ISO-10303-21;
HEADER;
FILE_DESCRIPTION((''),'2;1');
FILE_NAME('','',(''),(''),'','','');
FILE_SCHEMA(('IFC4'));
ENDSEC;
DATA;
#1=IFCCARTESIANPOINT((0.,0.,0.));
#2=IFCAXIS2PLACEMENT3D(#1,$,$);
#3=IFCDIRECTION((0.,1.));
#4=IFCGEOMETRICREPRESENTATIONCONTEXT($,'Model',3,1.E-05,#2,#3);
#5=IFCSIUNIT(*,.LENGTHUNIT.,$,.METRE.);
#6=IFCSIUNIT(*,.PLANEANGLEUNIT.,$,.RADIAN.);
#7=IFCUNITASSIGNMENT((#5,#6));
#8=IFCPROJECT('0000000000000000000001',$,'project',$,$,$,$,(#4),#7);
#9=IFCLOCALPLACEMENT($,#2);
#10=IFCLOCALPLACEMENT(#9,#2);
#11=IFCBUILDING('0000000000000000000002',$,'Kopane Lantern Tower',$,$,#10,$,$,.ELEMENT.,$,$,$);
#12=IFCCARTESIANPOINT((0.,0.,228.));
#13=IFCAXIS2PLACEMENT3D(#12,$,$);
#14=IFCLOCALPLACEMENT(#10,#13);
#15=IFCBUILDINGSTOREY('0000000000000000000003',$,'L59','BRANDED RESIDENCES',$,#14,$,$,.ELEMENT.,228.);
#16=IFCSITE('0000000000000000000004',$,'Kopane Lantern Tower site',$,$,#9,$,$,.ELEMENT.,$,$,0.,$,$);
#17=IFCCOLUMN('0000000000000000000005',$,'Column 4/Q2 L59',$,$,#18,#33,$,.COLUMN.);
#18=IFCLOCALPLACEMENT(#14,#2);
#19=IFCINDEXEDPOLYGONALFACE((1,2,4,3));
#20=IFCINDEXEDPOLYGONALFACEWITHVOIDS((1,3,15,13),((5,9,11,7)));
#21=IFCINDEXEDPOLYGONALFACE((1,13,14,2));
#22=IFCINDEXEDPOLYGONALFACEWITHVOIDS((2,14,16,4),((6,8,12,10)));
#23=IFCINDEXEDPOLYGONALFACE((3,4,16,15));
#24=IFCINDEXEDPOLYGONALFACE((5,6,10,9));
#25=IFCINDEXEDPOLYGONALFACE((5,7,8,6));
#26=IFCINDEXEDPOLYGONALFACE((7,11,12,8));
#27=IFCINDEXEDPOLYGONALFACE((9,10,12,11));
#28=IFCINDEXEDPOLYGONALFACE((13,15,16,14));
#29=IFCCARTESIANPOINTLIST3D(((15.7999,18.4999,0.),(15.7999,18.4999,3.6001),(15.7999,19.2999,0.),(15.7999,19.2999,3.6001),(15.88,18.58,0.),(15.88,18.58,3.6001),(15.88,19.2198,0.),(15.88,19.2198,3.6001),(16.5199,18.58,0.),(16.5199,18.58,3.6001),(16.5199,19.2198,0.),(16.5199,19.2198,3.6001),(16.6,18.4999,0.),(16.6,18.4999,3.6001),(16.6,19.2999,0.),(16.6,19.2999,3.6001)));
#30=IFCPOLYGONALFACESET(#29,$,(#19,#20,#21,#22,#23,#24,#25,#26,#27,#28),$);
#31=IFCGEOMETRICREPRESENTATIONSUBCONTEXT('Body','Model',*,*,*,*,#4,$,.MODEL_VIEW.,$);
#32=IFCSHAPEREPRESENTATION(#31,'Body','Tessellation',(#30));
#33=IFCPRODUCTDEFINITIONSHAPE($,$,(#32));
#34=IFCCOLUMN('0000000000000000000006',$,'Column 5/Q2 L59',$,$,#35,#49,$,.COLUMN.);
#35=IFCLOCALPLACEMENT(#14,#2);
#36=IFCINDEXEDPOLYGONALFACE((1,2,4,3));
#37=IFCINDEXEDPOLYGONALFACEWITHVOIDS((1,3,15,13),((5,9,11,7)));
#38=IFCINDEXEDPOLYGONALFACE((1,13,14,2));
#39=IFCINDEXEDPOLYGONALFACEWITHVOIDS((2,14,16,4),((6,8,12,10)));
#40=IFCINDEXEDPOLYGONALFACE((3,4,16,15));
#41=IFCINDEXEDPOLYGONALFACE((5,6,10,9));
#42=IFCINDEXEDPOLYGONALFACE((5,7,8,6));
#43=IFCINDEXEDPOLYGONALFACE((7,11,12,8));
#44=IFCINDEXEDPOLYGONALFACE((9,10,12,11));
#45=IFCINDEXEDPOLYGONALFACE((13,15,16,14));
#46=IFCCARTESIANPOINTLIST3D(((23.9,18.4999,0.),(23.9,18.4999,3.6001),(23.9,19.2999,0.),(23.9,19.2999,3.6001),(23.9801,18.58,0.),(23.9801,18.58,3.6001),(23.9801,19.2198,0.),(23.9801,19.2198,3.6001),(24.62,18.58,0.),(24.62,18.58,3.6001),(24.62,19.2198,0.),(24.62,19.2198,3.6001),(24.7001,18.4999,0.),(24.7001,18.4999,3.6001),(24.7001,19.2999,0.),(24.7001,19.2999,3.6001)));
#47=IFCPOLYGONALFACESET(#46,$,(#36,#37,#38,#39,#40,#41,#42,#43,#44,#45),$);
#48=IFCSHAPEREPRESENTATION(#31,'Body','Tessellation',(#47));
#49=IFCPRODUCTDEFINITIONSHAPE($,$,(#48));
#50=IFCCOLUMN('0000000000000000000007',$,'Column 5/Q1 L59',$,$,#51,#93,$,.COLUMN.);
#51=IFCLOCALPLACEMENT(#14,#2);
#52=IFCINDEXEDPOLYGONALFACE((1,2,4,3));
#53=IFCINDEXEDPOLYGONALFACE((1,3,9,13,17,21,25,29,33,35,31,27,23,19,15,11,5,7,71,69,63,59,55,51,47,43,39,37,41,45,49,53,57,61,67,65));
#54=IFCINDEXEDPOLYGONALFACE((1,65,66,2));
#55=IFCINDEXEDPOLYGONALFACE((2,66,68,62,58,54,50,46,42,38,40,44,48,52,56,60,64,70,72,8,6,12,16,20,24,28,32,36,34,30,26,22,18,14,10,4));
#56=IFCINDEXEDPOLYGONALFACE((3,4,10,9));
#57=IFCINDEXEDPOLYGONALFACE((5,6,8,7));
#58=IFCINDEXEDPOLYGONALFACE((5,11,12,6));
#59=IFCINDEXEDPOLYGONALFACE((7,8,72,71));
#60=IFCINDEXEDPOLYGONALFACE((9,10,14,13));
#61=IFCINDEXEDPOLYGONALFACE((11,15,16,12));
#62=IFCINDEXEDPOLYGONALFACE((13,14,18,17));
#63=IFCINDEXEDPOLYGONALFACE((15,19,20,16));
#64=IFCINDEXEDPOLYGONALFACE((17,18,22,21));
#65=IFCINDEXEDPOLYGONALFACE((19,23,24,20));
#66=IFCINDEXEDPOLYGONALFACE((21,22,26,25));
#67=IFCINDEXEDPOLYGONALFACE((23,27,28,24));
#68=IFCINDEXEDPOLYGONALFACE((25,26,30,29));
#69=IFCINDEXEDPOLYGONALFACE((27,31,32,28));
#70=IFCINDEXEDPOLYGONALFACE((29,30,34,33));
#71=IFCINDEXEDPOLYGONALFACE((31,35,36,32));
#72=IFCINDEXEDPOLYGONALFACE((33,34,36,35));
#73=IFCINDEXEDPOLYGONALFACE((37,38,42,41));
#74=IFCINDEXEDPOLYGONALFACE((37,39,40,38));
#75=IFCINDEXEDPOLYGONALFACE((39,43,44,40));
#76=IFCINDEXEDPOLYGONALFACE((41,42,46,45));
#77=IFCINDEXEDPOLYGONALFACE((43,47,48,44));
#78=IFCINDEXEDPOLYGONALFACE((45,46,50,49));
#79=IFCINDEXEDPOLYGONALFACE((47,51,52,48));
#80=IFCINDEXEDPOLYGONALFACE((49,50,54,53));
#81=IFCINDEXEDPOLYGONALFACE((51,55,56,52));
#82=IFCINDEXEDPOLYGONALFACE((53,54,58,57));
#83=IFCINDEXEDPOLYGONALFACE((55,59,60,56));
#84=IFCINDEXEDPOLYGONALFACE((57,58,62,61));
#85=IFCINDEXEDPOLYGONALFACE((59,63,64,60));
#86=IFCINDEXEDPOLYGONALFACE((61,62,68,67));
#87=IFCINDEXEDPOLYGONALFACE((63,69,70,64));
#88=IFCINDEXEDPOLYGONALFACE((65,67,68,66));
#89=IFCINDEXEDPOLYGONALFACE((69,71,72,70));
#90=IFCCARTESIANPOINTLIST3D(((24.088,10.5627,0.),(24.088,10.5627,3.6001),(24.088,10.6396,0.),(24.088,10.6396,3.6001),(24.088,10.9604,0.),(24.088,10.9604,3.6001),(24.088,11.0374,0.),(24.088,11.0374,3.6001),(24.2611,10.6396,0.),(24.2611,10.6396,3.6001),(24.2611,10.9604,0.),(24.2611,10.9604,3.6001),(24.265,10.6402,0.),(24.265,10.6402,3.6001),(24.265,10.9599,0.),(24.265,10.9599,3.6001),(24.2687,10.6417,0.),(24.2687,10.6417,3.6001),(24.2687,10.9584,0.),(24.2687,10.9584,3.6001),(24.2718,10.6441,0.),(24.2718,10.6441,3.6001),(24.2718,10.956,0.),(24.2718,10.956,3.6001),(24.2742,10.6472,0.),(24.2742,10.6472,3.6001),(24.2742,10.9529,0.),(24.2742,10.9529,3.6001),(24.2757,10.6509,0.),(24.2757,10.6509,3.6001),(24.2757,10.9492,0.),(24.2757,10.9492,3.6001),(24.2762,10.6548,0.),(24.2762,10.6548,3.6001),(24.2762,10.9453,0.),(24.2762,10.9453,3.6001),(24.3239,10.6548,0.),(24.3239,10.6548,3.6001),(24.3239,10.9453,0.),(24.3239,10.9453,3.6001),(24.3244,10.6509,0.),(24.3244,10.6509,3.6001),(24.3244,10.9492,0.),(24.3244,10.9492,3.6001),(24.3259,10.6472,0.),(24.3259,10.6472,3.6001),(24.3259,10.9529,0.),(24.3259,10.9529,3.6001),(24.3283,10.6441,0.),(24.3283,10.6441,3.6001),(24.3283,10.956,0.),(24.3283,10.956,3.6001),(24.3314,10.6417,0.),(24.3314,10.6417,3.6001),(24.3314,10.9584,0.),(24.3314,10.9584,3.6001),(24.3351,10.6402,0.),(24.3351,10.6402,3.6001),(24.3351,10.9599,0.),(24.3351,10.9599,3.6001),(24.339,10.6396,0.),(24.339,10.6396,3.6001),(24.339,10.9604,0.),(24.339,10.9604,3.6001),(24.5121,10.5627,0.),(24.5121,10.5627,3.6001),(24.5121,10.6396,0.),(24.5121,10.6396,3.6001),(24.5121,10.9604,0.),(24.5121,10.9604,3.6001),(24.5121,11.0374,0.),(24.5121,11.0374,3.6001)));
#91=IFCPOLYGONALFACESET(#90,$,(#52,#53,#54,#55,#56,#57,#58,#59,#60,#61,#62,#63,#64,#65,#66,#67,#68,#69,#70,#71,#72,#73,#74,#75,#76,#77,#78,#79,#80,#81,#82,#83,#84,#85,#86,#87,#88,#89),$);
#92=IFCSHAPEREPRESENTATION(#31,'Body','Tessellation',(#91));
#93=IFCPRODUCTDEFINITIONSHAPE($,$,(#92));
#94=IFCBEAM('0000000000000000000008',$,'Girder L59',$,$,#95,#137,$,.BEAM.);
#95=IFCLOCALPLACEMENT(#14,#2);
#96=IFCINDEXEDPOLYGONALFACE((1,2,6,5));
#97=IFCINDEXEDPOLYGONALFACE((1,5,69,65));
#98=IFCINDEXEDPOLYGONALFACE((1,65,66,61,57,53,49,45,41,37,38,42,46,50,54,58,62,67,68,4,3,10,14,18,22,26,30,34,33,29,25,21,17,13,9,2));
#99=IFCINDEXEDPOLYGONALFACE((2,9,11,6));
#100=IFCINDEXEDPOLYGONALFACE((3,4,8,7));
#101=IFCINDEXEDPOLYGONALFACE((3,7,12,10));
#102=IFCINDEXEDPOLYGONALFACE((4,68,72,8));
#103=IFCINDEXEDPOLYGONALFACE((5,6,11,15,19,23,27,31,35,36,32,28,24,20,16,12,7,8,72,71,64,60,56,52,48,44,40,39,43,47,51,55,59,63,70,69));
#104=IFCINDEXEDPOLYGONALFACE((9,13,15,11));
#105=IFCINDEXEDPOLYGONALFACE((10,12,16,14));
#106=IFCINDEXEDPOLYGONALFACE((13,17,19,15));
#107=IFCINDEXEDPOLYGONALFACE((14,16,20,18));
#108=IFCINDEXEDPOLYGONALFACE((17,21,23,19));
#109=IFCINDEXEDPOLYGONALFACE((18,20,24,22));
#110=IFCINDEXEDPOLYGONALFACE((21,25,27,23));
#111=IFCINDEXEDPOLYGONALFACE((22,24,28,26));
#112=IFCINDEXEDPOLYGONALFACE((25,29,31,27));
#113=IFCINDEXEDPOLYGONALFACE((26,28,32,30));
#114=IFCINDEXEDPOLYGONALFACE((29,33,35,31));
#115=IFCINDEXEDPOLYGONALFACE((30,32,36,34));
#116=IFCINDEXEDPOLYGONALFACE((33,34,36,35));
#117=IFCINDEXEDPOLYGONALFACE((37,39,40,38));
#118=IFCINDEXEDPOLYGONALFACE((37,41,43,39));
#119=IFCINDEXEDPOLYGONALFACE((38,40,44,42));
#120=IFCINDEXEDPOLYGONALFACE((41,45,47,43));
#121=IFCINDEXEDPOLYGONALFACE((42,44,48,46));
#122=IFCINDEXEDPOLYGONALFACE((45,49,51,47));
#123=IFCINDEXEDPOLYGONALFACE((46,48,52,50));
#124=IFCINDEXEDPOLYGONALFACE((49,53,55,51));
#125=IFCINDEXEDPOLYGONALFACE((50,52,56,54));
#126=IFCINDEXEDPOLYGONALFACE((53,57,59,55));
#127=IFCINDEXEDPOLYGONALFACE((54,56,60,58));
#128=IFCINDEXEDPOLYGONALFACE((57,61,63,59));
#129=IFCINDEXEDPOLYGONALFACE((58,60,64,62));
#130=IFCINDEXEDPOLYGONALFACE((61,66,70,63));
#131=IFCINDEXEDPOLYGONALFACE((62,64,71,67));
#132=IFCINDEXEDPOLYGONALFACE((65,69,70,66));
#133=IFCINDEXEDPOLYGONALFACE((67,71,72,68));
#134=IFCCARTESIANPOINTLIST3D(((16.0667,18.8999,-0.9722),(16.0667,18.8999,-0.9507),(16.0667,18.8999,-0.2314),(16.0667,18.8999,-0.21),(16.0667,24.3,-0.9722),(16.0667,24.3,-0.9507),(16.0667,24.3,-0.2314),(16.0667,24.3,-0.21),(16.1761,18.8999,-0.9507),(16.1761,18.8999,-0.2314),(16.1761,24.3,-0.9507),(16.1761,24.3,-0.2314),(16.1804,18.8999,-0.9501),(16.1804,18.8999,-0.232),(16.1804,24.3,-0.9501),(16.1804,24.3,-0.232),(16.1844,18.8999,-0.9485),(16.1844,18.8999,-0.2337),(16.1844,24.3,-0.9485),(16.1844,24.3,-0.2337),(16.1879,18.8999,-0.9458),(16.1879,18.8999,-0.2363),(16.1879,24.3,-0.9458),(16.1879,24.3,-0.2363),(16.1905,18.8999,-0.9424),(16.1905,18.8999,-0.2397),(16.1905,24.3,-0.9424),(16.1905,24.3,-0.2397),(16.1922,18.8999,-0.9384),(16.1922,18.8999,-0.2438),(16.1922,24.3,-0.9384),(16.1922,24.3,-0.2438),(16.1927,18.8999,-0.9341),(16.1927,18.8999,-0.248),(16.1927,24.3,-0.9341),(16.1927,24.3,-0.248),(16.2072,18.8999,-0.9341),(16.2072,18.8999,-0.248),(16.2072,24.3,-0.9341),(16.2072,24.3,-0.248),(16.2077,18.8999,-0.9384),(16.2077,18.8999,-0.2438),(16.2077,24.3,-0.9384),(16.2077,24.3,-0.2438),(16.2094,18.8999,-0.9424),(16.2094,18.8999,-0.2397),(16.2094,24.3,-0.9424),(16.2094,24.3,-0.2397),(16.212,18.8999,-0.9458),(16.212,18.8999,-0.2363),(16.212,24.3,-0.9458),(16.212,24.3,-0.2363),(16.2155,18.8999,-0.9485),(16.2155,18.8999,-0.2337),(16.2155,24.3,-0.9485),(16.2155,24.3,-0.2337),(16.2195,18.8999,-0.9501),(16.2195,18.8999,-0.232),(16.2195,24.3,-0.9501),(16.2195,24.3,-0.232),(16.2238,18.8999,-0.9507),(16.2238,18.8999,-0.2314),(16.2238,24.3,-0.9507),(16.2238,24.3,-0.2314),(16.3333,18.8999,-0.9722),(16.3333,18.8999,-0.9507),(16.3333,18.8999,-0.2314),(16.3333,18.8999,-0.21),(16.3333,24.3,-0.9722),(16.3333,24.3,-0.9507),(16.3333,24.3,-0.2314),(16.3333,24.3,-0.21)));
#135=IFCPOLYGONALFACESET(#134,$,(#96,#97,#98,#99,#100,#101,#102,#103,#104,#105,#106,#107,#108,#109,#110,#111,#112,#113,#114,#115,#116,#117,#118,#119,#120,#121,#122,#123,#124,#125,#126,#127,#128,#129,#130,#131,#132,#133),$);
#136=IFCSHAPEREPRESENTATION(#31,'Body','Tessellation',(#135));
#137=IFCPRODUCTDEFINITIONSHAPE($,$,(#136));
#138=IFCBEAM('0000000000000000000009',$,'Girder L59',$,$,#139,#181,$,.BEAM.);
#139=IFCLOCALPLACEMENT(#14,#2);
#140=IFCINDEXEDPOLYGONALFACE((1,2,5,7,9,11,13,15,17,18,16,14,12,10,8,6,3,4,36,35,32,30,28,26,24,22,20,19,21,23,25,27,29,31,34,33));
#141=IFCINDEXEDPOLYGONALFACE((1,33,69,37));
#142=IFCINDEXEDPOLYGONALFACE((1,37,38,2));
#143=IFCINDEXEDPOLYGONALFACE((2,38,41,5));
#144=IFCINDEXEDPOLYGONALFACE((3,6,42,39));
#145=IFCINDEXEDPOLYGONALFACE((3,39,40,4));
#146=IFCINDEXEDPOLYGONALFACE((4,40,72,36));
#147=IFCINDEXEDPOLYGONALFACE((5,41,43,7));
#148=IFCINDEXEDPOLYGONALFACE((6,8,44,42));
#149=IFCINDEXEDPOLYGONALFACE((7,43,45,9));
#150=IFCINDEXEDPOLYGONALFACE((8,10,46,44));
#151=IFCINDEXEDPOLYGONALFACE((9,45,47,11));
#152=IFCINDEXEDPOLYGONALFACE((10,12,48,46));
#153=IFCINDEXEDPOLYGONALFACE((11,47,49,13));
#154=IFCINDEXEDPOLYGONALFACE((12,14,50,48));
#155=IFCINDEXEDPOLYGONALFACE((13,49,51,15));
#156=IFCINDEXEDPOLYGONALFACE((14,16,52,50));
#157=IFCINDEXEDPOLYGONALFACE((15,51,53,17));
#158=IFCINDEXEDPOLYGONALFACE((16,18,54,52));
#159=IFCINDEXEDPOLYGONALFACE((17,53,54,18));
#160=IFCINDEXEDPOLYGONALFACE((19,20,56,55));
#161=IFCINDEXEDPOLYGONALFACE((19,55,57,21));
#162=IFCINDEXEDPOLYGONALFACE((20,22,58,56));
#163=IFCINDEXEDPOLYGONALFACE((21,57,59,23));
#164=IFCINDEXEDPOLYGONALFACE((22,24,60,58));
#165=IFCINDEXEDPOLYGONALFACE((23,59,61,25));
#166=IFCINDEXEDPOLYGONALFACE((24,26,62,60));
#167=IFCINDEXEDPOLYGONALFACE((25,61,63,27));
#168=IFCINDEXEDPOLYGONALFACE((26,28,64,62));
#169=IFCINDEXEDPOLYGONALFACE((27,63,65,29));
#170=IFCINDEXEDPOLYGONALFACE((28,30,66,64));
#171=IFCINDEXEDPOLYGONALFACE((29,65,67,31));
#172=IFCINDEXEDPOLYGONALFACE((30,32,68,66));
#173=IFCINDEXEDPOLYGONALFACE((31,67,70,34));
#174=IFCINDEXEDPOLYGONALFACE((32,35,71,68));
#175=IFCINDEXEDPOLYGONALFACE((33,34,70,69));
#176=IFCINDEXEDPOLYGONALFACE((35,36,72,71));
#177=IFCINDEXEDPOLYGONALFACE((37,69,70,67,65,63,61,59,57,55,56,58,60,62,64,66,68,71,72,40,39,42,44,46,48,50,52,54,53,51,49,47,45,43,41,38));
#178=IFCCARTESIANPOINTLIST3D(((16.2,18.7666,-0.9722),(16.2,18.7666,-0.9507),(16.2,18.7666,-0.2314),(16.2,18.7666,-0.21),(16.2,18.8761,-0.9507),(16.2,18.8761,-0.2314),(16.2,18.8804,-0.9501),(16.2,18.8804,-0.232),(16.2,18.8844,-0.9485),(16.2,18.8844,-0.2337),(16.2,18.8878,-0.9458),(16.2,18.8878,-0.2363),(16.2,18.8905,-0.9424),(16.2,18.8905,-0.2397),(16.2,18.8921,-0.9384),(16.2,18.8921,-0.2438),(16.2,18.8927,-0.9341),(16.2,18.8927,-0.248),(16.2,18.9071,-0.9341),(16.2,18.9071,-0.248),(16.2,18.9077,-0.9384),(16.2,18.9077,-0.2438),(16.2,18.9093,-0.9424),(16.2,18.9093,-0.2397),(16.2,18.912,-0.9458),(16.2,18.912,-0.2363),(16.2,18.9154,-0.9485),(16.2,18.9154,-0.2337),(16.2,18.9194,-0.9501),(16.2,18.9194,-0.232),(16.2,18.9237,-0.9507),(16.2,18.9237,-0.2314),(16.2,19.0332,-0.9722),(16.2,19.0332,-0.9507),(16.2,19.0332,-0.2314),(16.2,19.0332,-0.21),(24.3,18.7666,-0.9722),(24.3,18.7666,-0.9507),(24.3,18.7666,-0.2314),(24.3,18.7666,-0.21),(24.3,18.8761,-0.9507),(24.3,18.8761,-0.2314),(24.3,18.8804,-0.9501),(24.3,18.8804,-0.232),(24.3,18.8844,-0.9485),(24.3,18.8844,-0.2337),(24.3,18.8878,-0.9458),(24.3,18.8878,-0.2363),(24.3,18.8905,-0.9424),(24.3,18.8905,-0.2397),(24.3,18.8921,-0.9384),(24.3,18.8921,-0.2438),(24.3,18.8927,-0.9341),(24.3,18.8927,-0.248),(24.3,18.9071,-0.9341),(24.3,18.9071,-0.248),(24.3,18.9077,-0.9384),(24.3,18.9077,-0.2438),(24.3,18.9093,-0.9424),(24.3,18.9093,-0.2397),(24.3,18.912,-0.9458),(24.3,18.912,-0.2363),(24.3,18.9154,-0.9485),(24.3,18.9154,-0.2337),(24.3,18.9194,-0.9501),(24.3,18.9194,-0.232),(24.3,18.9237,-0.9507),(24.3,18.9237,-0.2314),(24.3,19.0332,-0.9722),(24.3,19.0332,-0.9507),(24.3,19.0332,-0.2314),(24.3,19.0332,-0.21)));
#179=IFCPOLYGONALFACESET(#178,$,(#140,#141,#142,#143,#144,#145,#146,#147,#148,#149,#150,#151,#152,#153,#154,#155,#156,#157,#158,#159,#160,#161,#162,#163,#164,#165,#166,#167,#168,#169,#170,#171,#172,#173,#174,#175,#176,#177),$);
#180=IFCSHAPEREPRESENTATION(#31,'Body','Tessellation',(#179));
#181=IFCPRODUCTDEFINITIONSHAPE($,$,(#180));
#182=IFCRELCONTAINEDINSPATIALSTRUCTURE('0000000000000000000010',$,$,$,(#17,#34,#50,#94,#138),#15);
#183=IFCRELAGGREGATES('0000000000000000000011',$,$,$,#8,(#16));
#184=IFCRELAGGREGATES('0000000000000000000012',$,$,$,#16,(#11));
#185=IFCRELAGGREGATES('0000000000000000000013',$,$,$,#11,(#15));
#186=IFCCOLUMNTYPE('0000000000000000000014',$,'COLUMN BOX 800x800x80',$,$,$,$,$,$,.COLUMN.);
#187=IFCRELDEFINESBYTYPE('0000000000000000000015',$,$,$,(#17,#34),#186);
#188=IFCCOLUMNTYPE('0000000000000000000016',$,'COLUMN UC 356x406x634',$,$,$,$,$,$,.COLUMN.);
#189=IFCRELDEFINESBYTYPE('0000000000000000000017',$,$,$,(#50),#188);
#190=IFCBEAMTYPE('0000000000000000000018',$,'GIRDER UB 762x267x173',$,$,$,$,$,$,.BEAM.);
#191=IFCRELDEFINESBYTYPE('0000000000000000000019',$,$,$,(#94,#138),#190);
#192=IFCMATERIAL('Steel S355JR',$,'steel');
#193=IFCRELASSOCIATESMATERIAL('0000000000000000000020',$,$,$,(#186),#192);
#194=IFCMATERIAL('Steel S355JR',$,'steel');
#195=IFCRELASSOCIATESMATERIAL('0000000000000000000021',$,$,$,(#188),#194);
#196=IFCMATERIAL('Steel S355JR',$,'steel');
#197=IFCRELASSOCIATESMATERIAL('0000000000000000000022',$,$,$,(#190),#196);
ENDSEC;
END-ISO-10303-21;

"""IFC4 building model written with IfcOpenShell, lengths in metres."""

from ifc_helpers import new_model, si_unit, direction, frame, origin, origin_2d, place, context, subcontext, project, spatial, hollow_rectangle, i_section, extrude, material, material_profile, profile_set, type_object, element, save


model = new_model("IFC4")

# Units and contexts
model_context = context("Model", 3, precision=1e-05, world=origin(), true_north=direction((0.0, 1.0)))
body_context = subcontext(model_context, "Body", "Model", "MODEL_VIEW")
ifc_project = project(units=[si_unit("LENGTHUNIT", "METRE"), si_unit("PLANEANGLEUNIT", "RADIAN")], contexts=[model_context])

# Site, building, storey
site_placement = place(None, origin())
site = spatial("IfcSite", under=ifc_project, at=site_placement, Name="Kopane Lantern Tower site", CompositionType="ELEMENT", RefElevation=0.0)
building_placement = place(site_placement, origin())
building = spatial("IfcBuilding", under=site, at=building_placement, Name="Kopane Lantern Tower", CompositionType="ELEMENT")
storey_placement = place(building_placement, frame((0.0, 0.0, 228.0)))
storey = spatial("IfcBuildingStorey", under=building, at=storey_placement, Name="L59", Description="BRANDED RESIDENCES", CompositionType="ELEMENT", Elevation=228.0)

# Columns
ifc_material_1 = material(Name="Steel S355JR", Category="steel")
ifc_material_profile_1 = material_profile(ifc_material_1, hollow_rectangle(XDim=0.8, YDim=0.8, WallThickness=0.0801, at=origin_2d()), Name="BOX 800x800x80")
ifc_profile_set_1 = profile_set([ifc_material_profile_1], Name="Steel S355JR")
column_type_1 = type_object("IfcColumnType", Name="COLUMN BOX 800x800x80", PredefinedType="COLUMN", material=ifc_profile_set_1)
for number, where, z_axis, x_axis, name in (
    (1, (16.2, 18.8999, 0.0), (0.0, 0.0, 1.0), (1.0, 0.0, 0.0), "Column 4/Q2 L59"),
    (2, (24.3, 18.8999, 0.0), (0.0, 0.0, 1.0), (1.0, 0.0, 0.0), "Column 5/Q2 L59"),
):
    element("IfcColumn", number, at=place(storey_placement, frame(where, z_axis=z_axis, x_axis=x_axis)), inside=storey, type_object=column_type_1, Name=name, PredefinedType="COLUMN", context=body_context, shape_type="SweptSolid", body=[
        extrude(hollow_rectangle(XDim=0.8, YDim=0.8, WallThickness=0.0801, at=origin_2d()), origin(), (0.0, 0.0, 1.0), 3.6001),
    ])
ifc_material_2 = material(Name="Steel S355JR", Category="steel")
ifc_material_profile_2 = material_profile(ifc_material_2, i_section(OverallWidth=0.4241, OverallDepth=0.4746, WebThickness=0.0476, FlangeThickness=0.0769, FilletRadius=0.0151, at=origin_2d()), Name="UC 356x406x634")
ifc_profile_set_2 = profile_set([ifc_material_profile_2], Name="Steel S355JR")
column_type_2 = type_object("IfcColumnType", Name="COLUMN UC 356x406x634", PredefinedType="COLUMN", material=ifc_profile_set_2)
column_placement = place(storey_placement, frame((24.3, 10.8, 0.0), z_axis=(0.0, 0.0, 1.0), x_axis=(1.0, 0.0, 0.0)))
element("IfcColumn", 3, at=column_placement, inside=storey, type_object=column_type_2, Name="Column 5/Q1 L59", PredefinedType="COLUMN", context=body_context, shape_type="SweptSolid", body=[
    extrude(i_section(OverallWidth=0.4241, OverallDepth=0.4746, WebThickness=0.0476, FlangeThickness=0.0769, FilletRadius=0.0151, at=origin_2d()), origin(), (0.0, 0.0, 1.0), 3.6001),
])

# Beams
ifc_material_3 = material(Name="Steel S355JR", Category="steel")
ifc_material_profile_3 = material_profile(ifc_material_3, i_section(OverallWidth=0.2666, OverallDepth=0.7622, WebThickness=0.0144, FlangeThickness=0.0215, FilletRadius=0.0166, at=origin_2d()), Name="UB 762x267x173")
ifc_profile_set_3 = profile_set([ifc_material_profile_3], Name="Steel S355JR")
beam_type = type_object("IfcBeamType", Name="GIRDER UB 762x267x173", PredefinedType="BEAM", material=ifc_profile_set_3)
beam_1_placement = place(storey_placement, frame((16.2, 18.8999, -0.5911), z_axis=(0.0, 1.0, 0.0), x_axis=(-1.0, 0.0, 0.0)))
element("IfcBeam", 4, at=beam_1_placement, inside=storey, type_object=beam_type, Name="Girder L59", PredefinedType="BEAM", context=body_context, shape_type="SweptSolid", body=[
    extrude(i_section(OverallWidth=0.2666, OverallDepth=0.7622, WebThickness=0.0144, FlangeThickness=0.0215, FilletRadius=0.0166, at=origin_2d()), origin(), (0.0, 0.0, 1.0), 5.4001),
])
beam_2_placement = place(storey_placement, frame((16.2, 18.8999, -0.5911), z_axis=(1.0, 0.0, 0.0), x_axis=(0.0, 1.0, 0.0)))
element("IfcBeam", 5, at=beam_2_placement, inside=storey, type_object=beam_type, Name="Girder L59", PredefinedType="BEAM", context=body_context, shape_type="SweptSolid", body=[
    extrude(i_section(OverallWidth=0.2666, OverallDepth=0.7622, WebThickness=0.0144, FlangeThickness=0.0215, FilletRadius=0.0166, at=origin_2d()), origin(), (0.0, 0.0, 1.0), 8.1001),
])

save(model, "model.ifc")
